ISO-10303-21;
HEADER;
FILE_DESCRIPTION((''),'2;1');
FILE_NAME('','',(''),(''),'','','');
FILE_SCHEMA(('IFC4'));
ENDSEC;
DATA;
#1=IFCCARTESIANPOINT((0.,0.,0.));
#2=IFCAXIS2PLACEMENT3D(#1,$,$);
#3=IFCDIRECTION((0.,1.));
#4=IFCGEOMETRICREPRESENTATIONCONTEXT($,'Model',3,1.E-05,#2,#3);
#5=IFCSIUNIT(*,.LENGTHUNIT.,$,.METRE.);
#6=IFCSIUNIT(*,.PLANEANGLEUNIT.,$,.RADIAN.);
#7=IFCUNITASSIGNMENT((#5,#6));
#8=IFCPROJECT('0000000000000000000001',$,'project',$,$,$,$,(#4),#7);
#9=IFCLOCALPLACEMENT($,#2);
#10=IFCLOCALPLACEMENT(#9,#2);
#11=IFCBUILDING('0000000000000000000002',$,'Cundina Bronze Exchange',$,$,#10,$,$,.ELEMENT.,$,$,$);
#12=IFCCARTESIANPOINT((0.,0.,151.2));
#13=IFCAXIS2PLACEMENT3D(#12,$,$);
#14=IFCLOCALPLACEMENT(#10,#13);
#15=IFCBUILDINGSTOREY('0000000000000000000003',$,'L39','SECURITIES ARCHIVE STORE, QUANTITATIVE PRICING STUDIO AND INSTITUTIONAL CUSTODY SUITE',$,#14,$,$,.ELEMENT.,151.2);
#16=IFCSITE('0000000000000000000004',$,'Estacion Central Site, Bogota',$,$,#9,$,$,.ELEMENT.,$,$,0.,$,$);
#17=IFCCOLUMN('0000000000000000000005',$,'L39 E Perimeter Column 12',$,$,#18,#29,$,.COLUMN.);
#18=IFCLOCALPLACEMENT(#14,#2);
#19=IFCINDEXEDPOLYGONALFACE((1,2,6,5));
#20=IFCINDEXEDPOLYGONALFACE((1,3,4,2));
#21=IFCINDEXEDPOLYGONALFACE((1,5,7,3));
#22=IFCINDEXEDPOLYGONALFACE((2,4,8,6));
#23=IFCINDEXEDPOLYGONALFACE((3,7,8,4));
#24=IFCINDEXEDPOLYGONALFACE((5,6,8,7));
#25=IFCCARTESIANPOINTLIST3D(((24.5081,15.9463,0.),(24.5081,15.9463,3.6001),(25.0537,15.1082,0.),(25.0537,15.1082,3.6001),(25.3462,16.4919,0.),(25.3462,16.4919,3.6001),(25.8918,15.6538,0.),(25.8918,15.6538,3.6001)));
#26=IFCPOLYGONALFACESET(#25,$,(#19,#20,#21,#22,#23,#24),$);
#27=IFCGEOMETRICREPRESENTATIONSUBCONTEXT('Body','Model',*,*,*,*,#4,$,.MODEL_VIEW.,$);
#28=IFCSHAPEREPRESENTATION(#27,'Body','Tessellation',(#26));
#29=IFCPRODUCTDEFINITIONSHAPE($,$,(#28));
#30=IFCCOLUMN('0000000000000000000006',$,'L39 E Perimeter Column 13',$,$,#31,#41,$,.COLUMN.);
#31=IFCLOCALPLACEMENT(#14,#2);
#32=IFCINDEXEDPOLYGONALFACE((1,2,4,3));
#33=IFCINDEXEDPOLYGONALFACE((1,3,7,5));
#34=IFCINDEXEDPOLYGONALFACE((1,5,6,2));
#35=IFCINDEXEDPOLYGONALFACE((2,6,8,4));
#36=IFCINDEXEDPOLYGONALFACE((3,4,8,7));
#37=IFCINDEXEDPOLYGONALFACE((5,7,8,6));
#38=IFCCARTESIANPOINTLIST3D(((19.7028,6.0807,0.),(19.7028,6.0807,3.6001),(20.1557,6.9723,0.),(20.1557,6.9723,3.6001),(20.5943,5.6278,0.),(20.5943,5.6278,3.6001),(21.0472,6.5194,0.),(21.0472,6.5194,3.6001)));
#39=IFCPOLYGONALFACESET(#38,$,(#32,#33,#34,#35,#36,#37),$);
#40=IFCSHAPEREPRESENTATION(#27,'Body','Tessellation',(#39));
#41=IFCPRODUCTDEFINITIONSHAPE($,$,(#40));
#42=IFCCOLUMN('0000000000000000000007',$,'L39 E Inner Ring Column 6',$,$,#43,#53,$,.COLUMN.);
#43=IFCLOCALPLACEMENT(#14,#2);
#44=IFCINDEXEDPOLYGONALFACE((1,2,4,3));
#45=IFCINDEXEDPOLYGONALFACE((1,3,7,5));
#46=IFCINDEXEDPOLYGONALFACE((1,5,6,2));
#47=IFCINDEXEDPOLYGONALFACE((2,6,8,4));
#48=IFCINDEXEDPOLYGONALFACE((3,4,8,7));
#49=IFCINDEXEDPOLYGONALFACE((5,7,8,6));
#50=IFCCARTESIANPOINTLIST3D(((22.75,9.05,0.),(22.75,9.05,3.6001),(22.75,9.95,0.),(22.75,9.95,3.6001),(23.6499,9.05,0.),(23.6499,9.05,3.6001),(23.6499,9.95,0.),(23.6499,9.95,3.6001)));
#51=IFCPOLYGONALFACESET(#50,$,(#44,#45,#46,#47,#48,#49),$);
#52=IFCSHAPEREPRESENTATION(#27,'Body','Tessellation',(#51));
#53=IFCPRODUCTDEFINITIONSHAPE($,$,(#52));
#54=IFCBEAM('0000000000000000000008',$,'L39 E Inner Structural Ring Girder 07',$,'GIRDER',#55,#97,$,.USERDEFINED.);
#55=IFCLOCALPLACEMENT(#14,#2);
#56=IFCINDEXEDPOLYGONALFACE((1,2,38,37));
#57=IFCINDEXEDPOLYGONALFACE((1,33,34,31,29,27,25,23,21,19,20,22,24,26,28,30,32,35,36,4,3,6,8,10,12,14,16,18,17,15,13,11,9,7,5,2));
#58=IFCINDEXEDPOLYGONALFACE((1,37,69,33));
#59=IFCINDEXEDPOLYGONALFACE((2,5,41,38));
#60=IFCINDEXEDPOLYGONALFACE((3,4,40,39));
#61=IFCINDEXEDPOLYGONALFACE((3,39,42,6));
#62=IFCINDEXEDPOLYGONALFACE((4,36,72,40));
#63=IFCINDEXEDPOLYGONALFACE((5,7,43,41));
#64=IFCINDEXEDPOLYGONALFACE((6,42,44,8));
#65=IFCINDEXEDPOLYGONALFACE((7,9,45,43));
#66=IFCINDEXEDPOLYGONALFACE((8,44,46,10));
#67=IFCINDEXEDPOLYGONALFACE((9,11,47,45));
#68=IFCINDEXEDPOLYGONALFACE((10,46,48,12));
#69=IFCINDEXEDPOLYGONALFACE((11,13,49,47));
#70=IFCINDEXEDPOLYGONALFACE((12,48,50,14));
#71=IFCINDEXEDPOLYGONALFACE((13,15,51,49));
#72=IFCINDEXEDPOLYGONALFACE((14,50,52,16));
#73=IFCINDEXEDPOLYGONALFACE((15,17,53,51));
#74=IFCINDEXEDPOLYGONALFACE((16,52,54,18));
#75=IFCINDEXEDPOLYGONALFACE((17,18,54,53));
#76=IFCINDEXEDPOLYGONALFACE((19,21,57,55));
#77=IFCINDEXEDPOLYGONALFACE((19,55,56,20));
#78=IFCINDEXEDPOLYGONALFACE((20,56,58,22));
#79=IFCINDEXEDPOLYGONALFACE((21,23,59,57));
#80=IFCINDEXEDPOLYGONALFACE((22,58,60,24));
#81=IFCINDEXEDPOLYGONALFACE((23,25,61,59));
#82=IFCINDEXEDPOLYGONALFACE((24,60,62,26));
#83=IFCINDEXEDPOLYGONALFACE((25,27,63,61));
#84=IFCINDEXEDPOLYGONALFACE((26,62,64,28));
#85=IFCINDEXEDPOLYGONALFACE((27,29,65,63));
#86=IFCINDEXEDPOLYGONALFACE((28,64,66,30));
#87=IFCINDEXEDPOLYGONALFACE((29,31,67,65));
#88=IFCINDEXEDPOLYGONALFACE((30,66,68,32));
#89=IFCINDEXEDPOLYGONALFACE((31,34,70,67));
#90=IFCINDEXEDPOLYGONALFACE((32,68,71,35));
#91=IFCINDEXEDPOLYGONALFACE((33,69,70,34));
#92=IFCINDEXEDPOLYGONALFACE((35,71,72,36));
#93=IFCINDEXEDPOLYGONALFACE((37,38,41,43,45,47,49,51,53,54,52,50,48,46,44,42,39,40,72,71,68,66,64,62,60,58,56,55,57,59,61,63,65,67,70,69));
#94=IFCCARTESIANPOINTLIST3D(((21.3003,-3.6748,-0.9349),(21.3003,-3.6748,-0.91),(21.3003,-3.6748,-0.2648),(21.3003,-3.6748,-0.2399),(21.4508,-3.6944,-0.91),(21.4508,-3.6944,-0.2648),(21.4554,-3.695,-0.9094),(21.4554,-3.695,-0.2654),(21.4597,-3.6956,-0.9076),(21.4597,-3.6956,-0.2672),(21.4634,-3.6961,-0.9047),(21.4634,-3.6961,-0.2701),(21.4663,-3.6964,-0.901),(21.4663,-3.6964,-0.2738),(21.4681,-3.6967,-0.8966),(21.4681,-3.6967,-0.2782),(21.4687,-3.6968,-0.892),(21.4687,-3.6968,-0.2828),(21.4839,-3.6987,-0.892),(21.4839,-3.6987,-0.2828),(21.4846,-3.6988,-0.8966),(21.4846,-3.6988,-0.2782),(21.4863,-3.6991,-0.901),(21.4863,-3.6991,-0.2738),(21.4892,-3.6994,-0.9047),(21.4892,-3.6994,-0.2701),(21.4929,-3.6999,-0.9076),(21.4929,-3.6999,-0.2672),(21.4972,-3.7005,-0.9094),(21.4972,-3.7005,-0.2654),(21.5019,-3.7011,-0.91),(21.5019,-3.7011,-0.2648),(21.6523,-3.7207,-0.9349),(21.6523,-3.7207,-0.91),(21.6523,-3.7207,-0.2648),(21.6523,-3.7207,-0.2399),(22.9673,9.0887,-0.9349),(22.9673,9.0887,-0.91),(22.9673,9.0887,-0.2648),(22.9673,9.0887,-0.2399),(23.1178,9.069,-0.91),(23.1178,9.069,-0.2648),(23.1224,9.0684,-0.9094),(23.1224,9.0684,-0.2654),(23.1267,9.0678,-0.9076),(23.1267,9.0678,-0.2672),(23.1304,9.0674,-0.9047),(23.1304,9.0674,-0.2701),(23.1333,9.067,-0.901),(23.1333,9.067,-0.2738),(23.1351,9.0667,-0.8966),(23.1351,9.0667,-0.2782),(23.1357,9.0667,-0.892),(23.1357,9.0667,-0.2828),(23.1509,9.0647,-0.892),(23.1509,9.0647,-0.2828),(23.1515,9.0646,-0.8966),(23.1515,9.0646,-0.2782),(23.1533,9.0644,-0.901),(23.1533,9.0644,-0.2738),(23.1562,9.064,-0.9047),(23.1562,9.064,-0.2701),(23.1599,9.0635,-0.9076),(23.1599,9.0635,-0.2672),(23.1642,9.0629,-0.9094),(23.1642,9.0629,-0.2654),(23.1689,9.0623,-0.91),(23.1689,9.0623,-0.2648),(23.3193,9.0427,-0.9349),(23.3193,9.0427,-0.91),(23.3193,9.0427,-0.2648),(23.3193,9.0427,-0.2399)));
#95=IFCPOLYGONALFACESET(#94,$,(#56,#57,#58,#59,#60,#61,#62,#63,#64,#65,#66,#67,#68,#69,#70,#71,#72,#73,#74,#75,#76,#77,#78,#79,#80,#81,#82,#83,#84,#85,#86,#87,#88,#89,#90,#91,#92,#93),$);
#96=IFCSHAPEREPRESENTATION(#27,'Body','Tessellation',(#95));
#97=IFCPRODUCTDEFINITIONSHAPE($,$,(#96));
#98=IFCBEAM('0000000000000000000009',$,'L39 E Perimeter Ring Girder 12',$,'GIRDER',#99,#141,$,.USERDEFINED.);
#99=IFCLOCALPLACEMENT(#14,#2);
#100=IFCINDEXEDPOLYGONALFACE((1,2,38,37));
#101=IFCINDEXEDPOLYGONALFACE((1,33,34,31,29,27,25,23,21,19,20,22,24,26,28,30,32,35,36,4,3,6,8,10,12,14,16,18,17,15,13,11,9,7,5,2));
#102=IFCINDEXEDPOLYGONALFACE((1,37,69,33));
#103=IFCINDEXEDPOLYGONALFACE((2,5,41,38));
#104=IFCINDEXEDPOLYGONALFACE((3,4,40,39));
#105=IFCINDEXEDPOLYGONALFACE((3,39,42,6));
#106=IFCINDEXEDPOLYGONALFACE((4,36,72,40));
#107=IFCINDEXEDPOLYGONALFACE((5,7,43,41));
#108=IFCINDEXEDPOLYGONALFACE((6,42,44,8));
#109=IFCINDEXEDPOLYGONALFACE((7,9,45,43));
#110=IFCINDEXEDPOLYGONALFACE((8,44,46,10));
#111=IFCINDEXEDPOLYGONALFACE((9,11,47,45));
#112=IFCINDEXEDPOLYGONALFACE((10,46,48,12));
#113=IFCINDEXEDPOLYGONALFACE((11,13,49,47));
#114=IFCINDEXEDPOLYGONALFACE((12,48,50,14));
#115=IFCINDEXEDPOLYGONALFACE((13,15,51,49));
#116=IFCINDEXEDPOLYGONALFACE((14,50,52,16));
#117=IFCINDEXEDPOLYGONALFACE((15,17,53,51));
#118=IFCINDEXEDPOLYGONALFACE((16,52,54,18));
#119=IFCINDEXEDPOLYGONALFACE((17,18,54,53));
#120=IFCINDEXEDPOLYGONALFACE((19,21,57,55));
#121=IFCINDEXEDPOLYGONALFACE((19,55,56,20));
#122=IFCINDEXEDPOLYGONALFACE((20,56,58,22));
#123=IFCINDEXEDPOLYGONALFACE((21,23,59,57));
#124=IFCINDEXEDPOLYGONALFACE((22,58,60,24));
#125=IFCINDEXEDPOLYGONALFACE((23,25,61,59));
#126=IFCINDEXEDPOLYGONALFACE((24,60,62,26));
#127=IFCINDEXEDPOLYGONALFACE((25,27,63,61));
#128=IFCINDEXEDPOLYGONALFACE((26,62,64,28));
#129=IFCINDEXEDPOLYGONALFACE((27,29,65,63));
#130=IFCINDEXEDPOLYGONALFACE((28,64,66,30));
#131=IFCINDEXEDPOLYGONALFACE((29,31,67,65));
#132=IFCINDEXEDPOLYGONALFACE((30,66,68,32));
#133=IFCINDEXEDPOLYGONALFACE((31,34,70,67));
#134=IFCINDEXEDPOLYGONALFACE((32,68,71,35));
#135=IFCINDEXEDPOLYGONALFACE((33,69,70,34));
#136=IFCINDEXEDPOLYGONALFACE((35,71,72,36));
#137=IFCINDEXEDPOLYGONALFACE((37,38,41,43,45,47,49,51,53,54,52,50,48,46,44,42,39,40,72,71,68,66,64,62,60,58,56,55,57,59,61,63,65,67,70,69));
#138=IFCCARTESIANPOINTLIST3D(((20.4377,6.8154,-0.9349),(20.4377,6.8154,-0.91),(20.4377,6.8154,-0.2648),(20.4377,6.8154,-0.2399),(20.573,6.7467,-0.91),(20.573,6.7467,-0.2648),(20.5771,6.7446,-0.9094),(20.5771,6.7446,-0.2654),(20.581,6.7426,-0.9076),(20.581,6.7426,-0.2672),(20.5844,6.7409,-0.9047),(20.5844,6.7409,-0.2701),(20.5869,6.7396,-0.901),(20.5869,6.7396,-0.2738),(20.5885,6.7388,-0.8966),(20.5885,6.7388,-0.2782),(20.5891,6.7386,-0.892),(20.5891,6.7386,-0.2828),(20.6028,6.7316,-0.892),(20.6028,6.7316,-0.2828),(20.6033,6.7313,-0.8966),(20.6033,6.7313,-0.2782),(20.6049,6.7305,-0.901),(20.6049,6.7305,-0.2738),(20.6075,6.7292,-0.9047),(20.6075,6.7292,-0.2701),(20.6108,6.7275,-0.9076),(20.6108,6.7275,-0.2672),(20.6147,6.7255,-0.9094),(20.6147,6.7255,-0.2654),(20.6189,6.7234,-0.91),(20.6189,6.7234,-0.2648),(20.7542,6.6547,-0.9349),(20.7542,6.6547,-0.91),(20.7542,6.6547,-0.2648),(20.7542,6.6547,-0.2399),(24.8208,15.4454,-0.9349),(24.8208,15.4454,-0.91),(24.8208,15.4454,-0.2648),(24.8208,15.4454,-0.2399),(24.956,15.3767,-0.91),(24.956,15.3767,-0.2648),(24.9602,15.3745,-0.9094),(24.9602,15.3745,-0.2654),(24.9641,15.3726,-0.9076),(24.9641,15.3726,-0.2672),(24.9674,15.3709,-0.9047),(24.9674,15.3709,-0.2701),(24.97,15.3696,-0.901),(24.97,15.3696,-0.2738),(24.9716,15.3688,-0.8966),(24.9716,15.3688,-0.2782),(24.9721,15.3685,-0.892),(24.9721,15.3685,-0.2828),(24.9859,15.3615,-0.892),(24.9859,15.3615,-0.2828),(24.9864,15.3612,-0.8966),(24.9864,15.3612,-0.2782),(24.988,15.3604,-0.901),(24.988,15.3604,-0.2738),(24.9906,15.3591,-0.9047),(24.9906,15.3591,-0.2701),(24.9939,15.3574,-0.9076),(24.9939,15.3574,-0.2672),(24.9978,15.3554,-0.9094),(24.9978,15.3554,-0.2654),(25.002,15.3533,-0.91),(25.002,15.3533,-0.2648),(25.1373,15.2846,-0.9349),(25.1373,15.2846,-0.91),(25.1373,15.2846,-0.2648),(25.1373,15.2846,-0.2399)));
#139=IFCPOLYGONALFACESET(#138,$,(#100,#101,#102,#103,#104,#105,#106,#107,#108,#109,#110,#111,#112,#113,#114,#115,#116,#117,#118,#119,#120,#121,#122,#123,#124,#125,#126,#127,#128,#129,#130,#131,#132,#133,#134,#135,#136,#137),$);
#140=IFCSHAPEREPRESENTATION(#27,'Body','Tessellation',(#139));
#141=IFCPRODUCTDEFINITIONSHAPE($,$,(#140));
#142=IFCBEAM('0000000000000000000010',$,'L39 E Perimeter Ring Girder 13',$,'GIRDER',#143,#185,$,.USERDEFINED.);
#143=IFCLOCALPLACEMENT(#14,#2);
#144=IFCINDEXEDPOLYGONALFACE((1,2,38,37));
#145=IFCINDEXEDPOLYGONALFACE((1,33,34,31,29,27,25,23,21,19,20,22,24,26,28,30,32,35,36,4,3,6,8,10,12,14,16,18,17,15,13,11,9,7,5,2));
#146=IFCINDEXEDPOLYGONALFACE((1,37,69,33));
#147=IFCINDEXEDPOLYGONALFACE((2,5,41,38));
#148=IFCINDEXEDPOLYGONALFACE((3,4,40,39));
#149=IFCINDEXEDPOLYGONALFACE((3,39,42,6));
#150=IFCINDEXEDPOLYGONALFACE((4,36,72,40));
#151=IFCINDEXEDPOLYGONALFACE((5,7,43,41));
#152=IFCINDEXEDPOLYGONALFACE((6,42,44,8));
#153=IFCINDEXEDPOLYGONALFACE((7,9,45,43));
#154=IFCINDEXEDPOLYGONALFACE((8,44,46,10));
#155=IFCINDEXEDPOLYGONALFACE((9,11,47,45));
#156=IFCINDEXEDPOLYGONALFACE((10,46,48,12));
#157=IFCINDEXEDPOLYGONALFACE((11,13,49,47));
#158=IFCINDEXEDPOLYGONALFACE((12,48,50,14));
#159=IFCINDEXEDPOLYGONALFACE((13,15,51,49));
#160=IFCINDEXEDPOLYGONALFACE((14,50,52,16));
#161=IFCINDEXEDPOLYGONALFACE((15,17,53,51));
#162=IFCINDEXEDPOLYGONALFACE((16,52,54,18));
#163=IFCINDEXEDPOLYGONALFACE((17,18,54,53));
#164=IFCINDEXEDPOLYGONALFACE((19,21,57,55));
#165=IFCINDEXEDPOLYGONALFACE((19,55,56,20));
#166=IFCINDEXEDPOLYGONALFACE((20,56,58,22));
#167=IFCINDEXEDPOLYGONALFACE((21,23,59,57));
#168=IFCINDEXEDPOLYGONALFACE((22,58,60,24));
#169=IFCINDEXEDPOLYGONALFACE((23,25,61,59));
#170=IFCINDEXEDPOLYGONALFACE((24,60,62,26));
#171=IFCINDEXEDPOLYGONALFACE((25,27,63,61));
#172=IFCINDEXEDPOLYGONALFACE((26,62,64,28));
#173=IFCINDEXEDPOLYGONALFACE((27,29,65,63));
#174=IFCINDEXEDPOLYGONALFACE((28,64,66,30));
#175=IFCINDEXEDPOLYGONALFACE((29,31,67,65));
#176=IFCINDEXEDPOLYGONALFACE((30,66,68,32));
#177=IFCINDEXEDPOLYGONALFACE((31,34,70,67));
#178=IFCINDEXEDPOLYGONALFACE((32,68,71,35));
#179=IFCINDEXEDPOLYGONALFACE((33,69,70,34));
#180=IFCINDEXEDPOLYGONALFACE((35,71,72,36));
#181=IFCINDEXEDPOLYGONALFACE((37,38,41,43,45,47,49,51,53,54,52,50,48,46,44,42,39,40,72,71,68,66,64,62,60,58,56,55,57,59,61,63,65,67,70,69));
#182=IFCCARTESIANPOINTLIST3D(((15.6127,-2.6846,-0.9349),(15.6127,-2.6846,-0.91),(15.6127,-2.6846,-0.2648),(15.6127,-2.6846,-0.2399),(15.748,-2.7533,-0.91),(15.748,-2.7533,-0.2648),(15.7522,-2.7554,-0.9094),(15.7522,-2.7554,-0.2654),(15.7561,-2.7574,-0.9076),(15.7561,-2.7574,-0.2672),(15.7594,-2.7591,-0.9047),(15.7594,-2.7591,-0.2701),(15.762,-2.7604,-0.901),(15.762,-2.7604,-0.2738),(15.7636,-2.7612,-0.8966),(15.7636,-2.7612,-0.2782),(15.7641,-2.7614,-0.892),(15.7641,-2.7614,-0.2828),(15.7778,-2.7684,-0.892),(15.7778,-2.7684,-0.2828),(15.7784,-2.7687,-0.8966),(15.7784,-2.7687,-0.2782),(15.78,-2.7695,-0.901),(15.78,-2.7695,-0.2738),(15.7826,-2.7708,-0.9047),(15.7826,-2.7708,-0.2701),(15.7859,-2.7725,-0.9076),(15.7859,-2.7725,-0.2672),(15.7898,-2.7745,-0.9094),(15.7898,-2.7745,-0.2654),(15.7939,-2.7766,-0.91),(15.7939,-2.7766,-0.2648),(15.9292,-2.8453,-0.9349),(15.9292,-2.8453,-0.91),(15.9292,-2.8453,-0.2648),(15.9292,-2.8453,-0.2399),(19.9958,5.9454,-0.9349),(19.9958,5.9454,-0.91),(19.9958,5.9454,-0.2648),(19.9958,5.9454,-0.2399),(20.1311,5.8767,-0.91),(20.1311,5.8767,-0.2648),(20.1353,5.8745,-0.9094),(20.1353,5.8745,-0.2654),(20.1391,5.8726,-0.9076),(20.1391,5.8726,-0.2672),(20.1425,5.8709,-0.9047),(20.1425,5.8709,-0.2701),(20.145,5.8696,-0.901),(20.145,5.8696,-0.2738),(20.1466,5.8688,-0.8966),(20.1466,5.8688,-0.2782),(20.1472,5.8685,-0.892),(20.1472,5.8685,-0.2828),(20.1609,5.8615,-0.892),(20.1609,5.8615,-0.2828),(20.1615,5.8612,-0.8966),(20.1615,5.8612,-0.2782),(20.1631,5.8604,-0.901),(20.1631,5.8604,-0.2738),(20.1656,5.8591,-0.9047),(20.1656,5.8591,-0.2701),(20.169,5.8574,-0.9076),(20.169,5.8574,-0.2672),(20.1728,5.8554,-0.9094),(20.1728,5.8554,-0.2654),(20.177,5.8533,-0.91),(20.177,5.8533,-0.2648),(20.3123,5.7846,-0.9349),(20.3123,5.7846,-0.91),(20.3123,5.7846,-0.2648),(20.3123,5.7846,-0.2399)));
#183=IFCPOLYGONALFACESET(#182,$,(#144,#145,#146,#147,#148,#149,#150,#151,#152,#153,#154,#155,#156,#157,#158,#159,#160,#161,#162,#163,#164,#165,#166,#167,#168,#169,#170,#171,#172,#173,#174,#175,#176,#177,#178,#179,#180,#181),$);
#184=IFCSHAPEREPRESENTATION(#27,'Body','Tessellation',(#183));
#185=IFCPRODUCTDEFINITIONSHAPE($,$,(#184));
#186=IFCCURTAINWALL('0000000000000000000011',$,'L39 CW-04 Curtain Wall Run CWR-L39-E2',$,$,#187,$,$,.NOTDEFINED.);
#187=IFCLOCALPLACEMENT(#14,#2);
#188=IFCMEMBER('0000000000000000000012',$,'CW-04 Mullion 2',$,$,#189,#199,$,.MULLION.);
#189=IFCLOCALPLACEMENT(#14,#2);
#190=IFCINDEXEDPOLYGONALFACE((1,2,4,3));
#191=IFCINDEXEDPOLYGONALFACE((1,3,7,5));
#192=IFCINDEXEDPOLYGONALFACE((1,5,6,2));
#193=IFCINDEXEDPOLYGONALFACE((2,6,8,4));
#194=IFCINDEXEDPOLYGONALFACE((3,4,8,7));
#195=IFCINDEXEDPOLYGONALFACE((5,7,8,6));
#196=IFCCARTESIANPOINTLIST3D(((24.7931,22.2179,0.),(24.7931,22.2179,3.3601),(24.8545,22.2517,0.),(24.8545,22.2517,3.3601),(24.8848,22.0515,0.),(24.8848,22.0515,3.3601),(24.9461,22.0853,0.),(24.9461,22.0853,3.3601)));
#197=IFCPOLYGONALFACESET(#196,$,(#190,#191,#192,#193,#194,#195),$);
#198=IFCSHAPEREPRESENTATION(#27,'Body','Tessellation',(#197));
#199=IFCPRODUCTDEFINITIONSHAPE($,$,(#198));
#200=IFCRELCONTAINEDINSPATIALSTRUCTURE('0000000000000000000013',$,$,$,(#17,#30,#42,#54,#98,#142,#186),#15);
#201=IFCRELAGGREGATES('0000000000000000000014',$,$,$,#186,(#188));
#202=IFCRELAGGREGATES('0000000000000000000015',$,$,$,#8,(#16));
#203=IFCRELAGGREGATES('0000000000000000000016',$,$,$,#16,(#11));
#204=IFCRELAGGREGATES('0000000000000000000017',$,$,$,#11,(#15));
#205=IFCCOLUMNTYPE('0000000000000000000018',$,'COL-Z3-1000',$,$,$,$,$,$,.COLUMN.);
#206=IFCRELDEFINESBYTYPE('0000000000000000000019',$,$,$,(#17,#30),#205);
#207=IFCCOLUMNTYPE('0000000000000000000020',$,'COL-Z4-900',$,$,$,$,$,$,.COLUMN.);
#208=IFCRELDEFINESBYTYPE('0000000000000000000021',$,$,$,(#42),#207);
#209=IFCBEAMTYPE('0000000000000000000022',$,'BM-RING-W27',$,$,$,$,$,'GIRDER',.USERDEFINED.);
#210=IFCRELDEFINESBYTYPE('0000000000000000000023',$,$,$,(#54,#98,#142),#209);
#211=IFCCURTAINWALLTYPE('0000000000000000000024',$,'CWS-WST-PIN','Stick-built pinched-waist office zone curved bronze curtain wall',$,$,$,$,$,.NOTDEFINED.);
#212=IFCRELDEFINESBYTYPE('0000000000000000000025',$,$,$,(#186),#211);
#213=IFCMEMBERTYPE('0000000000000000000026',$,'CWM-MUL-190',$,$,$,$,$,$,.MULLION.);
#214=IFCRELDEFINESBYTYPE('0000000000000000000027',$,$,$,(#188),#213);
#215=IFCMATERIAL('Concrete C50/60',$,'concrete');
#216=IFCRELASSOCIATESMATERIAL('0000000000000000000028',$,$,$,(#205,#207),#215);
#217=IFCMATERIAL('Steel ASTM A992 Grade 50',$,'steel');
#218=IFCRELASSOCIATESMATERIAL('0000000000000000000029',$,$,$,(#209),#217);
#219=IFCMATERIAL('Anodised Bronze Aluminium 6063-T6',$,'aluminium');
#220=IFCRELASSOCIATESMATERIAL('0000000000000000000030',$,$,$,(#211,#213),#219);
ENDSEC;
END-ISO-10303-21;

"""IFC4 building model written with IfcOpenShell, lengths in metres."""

from ifc_helpers import new_model, si_unit, direction, frame, origin, origin_2d, place, context, subcontext, project, spatial, rectangle, i_section, extrude, material, material_profile, profile_set, type_object, element, aggregate, save


model = new_model("IFC4")

# Units and contexts
model_context = context("Model", 3, precision=1e-05, world=origin(), true_north=direction((0.0, 1.0)))
body_context = subcontext(model_context, "Body", "Model", "MODEL_VIEW")
ifc_project = project(units=[si_unit("LENGTHUNIT", "METRE"), si_unit("PLANEANGLEUNIT", "RADIAN")], contexts=[model_context])

# Site, building, storey
site_placement = place(None, origin())
site = spatial("IfcSite", under=ifc_project, at=site_placement, Name="Estacion Central Site, Bogota", CompositionType="ELEMENT", RefElevation=0.0)
building_placement = place(site_placement, origin())
building = spatial("IfcBuilding", under=site, at=building_placement, Name="Cundina Bronze Exchange", CompositionType="ELEMENT")
storey_placement = place(building_placement, frame((0.0, 0.0, 151.2)))
storey = spatial("IfcBuildingStorey", under=building, at=storey_placement, Name="L39", Description="SECURITIES ARCHIVE STORE, QUANTITATIVE PRICING STUDIO AND INSTITUTIONAL CUSTODY SUITE", CompositionType="ELEMENT", Elevation=151.2)

# Columns
ifc_material_1 = material(Name="Concrete C50/60", Category="concrete")
ifc_material_profile_1 = material_profile(ifc_material_1, rectangle(XDim=1.0, YDim=1.0, at=origin_2d()), Name="RC1000X1000", Category="concrete")
ifc_profile_set_1 = profile_set([ifc_material_profile_1], Name="Concrete C50/60")
column_type_1 = type_object("IfcColumnType", Name="COL-Z3-1000", PredefinedType="COLUMN", material=ifc_profile_set_1)
for number, where, z_axis, x_axis, name in (
    (1, (25.2, 15.8, 0.0), (0.0, 0.0, 1.0), (-0.8381, -0.545517, 0.0), "L39 E Perimeter Column 12"),
    (2, (20.375, 6.3, 0.0), (0.0, 0.0, 1.0), (-0.452902, -0.891561, 0.0), "L39 E Perimeter Column 13"),
):
    element("IfcColumn", number, at=place(storey_placement, frame(where, z_axis=z_axis, x_axis=x_axis)), inside=storey, type_object=column_type_1, Name=name, PredefinedType="COLUMN", context=body_context, shape_type="SweptSolid", body=[
        extrude(rectangle(XDim=1.0, YDim=1.0, at=origin_2d()), origin(), (0.0, 0.0, 1.0), 3.6001),
    ])
ifc_material_profile_2 = material_profile(ifc_material_1, rectangle(XDim=0.8999, YDim=0.8999, at=origin_2d()), Name="RC900X900", Category="concrete")
ifc_profile_set_2 = profile_set([ifc_material_profile_2], Name="Concrete C50/60")
column_type_2 = type_object("IfcColumnType", Name="COL-Z4-900", PredefinedType="COLUMN", material=ifc_profile_set_2)
column_placement = place(storey_placement, frame((23.2, 9.5, 0.0), z_axis=(0.0, 0.0, 1.0), x_axis=(1.0, 0.0, 0.0)))
element("IfcColumn", 3, at=column_placement, inside=storey, type_object=column_type_2, Name="L39 E Inner Ring Column 6", PredefinedType="COLUMN", context=body_context, shape_type="SweptSolid", body=[
    extrude(rectangle(XDim=0.8999, YDim=0.8999, at=origin_2d()), origin(), (0.0, 0.0, 1.0), 3.6001),
])

# Beams
ifc_material_2 = material(Name="Steel ASTM A992 Grade 50", Category="steel")
ifc_material_profile_3 = material_profile(ifc_material_2, i_section(OverallWidth=0.355, OverallDepth=0.6951, WebThickness=0.0154, FlangeThickness=0.0249, FilletRadius=0.0181, at=origin_2d()), Name="W27X146", Category="steel")
ifc_profile_set_3 = profile_set([ifc_material_profile_3], Name="Steel ASTM A992 Grade 50")
beam_type = type_object("IfcBeamType", Name="BM-RING-W27", ElementType="GIRDER", PredefinedType="USERDEFINED", material=ifc_profile_set_3)
beam_placement = place(storey_placement, frame((23.1433, 9.0657, -0.5874), z_axis=(-0.129507, -0.991579, 0.0), x_axis=(0.991579, -0.129507, 0.0)))
element("IfcBeam", 4, at=beam_placement, inside=storey, type_object=beam_type, Name="L39 E Inner Structural Ring Girder 07", ObjectType="GIRDER", PredefinedType="USERDEFINED", context=body_context, shape_type="SweptSolid", body=[
    extrude(i_section(OverallWidth=0.355, OverallDepth=0.6951, WebThickness=0.0154, FlangeThickness=0.0249, FilletRadius=0.0181, at=origin_2d()), origin(), (0.0, 0.0, 1.0), 12.8718),
])
for number, where, z_axis, x_axis, name in (
    (5, (24.979, 15.365, -0.5874), (-0.452835, -0.891595, 0.0), (0.891595, -0.452835, 0.0), "L39 E Perimeter Ring Girder 12"),
    (6, (20.1541, 5.865, -0.5874), (-0.452835, -0.891595, 0.0), (0.891595, -0.452835, 0.0), "L39 E Perimeter Ring Girder 13"),
):
    element("IfcBeam", number, at=place(storey_placement, frame(where, z_axis=z_axis, x_axis=x_axis)), inside=storey, type_object=beam_type, Name=name, ObjectType="GIRDER", PredefinedType="USERDEFINED", context=body_context, shape_type="SweptSolid", body=[
        extrude(i_section(OverallWidth=0.355, OverallDepth=0.6951, WebThickness=0.0154, FlangeThickness=0.0249, FilletRadius=0.0181, at=origin_2d()), origin(), (0.0, 0.0, 1.0), 9.6792),
    ])

# Curtain wall, member
ifc_material_3 = material(Name="Anodised Bronze Aluminium 6063-T6", Category="aluminium")
curtain_wall_type = type_object("IfcCurtainWallType", Name="CWS-WST-PIN", Description="Stick-built pinched-waist office zone curved bronze curtain wall", PredefinedType="NOTDEFINED", material=ifc_material_3)
curtain_wall_placement = place(storey_placement, origin())
curtain_wall = element("IfcCurtainWall", 7, at=curtain_wall_placement, inside=storey, type_object=curtain_wall_type, Name="L39 CW-04 Curtain Wall Run CWR-L39-E2", PredefinedType="NOTDEFINED")
ifc_material_profile_4 = material_profile(ifc_material_3, rectangle(XDim=0.0701, YDim=0.1899, at=origin_2d()), Name="AL70X190", Category="aluminium")
ifc_profile_set_4 = profile_set([ifc_material_profile_4], Name="Anodised Bronze Aluminium 6063-T6")
member_type_1 = type_object("IfcMemberType", Name="CWM-MUL-190", PredefinedType="MULLION", material=ifc_profile_set_4)
member_1_placement = place(storey_placement, frame((24.8696, 22.1516, 0.0), z_axis=(0.0, 0.0, 1.0), x_axis=(-0.875886, -0.482518, 0.0)))
member_1 = element("IfcMember", 8, at=member_1_placement, type_object=member_type_1, Name="CW-04 Mullion 2", PredefinedType="MULLION", context=body_context, shape_type="SweptSolid", body=[
    extrude(rectangle(XDim=0.0701, YDim=0.1899, at=origin_2d()), origin(), (0.0, 0.0, 1.0), 3.3601),
])
aggregate(curtain_wall, [member_1])

save(model, "model.ifc")
